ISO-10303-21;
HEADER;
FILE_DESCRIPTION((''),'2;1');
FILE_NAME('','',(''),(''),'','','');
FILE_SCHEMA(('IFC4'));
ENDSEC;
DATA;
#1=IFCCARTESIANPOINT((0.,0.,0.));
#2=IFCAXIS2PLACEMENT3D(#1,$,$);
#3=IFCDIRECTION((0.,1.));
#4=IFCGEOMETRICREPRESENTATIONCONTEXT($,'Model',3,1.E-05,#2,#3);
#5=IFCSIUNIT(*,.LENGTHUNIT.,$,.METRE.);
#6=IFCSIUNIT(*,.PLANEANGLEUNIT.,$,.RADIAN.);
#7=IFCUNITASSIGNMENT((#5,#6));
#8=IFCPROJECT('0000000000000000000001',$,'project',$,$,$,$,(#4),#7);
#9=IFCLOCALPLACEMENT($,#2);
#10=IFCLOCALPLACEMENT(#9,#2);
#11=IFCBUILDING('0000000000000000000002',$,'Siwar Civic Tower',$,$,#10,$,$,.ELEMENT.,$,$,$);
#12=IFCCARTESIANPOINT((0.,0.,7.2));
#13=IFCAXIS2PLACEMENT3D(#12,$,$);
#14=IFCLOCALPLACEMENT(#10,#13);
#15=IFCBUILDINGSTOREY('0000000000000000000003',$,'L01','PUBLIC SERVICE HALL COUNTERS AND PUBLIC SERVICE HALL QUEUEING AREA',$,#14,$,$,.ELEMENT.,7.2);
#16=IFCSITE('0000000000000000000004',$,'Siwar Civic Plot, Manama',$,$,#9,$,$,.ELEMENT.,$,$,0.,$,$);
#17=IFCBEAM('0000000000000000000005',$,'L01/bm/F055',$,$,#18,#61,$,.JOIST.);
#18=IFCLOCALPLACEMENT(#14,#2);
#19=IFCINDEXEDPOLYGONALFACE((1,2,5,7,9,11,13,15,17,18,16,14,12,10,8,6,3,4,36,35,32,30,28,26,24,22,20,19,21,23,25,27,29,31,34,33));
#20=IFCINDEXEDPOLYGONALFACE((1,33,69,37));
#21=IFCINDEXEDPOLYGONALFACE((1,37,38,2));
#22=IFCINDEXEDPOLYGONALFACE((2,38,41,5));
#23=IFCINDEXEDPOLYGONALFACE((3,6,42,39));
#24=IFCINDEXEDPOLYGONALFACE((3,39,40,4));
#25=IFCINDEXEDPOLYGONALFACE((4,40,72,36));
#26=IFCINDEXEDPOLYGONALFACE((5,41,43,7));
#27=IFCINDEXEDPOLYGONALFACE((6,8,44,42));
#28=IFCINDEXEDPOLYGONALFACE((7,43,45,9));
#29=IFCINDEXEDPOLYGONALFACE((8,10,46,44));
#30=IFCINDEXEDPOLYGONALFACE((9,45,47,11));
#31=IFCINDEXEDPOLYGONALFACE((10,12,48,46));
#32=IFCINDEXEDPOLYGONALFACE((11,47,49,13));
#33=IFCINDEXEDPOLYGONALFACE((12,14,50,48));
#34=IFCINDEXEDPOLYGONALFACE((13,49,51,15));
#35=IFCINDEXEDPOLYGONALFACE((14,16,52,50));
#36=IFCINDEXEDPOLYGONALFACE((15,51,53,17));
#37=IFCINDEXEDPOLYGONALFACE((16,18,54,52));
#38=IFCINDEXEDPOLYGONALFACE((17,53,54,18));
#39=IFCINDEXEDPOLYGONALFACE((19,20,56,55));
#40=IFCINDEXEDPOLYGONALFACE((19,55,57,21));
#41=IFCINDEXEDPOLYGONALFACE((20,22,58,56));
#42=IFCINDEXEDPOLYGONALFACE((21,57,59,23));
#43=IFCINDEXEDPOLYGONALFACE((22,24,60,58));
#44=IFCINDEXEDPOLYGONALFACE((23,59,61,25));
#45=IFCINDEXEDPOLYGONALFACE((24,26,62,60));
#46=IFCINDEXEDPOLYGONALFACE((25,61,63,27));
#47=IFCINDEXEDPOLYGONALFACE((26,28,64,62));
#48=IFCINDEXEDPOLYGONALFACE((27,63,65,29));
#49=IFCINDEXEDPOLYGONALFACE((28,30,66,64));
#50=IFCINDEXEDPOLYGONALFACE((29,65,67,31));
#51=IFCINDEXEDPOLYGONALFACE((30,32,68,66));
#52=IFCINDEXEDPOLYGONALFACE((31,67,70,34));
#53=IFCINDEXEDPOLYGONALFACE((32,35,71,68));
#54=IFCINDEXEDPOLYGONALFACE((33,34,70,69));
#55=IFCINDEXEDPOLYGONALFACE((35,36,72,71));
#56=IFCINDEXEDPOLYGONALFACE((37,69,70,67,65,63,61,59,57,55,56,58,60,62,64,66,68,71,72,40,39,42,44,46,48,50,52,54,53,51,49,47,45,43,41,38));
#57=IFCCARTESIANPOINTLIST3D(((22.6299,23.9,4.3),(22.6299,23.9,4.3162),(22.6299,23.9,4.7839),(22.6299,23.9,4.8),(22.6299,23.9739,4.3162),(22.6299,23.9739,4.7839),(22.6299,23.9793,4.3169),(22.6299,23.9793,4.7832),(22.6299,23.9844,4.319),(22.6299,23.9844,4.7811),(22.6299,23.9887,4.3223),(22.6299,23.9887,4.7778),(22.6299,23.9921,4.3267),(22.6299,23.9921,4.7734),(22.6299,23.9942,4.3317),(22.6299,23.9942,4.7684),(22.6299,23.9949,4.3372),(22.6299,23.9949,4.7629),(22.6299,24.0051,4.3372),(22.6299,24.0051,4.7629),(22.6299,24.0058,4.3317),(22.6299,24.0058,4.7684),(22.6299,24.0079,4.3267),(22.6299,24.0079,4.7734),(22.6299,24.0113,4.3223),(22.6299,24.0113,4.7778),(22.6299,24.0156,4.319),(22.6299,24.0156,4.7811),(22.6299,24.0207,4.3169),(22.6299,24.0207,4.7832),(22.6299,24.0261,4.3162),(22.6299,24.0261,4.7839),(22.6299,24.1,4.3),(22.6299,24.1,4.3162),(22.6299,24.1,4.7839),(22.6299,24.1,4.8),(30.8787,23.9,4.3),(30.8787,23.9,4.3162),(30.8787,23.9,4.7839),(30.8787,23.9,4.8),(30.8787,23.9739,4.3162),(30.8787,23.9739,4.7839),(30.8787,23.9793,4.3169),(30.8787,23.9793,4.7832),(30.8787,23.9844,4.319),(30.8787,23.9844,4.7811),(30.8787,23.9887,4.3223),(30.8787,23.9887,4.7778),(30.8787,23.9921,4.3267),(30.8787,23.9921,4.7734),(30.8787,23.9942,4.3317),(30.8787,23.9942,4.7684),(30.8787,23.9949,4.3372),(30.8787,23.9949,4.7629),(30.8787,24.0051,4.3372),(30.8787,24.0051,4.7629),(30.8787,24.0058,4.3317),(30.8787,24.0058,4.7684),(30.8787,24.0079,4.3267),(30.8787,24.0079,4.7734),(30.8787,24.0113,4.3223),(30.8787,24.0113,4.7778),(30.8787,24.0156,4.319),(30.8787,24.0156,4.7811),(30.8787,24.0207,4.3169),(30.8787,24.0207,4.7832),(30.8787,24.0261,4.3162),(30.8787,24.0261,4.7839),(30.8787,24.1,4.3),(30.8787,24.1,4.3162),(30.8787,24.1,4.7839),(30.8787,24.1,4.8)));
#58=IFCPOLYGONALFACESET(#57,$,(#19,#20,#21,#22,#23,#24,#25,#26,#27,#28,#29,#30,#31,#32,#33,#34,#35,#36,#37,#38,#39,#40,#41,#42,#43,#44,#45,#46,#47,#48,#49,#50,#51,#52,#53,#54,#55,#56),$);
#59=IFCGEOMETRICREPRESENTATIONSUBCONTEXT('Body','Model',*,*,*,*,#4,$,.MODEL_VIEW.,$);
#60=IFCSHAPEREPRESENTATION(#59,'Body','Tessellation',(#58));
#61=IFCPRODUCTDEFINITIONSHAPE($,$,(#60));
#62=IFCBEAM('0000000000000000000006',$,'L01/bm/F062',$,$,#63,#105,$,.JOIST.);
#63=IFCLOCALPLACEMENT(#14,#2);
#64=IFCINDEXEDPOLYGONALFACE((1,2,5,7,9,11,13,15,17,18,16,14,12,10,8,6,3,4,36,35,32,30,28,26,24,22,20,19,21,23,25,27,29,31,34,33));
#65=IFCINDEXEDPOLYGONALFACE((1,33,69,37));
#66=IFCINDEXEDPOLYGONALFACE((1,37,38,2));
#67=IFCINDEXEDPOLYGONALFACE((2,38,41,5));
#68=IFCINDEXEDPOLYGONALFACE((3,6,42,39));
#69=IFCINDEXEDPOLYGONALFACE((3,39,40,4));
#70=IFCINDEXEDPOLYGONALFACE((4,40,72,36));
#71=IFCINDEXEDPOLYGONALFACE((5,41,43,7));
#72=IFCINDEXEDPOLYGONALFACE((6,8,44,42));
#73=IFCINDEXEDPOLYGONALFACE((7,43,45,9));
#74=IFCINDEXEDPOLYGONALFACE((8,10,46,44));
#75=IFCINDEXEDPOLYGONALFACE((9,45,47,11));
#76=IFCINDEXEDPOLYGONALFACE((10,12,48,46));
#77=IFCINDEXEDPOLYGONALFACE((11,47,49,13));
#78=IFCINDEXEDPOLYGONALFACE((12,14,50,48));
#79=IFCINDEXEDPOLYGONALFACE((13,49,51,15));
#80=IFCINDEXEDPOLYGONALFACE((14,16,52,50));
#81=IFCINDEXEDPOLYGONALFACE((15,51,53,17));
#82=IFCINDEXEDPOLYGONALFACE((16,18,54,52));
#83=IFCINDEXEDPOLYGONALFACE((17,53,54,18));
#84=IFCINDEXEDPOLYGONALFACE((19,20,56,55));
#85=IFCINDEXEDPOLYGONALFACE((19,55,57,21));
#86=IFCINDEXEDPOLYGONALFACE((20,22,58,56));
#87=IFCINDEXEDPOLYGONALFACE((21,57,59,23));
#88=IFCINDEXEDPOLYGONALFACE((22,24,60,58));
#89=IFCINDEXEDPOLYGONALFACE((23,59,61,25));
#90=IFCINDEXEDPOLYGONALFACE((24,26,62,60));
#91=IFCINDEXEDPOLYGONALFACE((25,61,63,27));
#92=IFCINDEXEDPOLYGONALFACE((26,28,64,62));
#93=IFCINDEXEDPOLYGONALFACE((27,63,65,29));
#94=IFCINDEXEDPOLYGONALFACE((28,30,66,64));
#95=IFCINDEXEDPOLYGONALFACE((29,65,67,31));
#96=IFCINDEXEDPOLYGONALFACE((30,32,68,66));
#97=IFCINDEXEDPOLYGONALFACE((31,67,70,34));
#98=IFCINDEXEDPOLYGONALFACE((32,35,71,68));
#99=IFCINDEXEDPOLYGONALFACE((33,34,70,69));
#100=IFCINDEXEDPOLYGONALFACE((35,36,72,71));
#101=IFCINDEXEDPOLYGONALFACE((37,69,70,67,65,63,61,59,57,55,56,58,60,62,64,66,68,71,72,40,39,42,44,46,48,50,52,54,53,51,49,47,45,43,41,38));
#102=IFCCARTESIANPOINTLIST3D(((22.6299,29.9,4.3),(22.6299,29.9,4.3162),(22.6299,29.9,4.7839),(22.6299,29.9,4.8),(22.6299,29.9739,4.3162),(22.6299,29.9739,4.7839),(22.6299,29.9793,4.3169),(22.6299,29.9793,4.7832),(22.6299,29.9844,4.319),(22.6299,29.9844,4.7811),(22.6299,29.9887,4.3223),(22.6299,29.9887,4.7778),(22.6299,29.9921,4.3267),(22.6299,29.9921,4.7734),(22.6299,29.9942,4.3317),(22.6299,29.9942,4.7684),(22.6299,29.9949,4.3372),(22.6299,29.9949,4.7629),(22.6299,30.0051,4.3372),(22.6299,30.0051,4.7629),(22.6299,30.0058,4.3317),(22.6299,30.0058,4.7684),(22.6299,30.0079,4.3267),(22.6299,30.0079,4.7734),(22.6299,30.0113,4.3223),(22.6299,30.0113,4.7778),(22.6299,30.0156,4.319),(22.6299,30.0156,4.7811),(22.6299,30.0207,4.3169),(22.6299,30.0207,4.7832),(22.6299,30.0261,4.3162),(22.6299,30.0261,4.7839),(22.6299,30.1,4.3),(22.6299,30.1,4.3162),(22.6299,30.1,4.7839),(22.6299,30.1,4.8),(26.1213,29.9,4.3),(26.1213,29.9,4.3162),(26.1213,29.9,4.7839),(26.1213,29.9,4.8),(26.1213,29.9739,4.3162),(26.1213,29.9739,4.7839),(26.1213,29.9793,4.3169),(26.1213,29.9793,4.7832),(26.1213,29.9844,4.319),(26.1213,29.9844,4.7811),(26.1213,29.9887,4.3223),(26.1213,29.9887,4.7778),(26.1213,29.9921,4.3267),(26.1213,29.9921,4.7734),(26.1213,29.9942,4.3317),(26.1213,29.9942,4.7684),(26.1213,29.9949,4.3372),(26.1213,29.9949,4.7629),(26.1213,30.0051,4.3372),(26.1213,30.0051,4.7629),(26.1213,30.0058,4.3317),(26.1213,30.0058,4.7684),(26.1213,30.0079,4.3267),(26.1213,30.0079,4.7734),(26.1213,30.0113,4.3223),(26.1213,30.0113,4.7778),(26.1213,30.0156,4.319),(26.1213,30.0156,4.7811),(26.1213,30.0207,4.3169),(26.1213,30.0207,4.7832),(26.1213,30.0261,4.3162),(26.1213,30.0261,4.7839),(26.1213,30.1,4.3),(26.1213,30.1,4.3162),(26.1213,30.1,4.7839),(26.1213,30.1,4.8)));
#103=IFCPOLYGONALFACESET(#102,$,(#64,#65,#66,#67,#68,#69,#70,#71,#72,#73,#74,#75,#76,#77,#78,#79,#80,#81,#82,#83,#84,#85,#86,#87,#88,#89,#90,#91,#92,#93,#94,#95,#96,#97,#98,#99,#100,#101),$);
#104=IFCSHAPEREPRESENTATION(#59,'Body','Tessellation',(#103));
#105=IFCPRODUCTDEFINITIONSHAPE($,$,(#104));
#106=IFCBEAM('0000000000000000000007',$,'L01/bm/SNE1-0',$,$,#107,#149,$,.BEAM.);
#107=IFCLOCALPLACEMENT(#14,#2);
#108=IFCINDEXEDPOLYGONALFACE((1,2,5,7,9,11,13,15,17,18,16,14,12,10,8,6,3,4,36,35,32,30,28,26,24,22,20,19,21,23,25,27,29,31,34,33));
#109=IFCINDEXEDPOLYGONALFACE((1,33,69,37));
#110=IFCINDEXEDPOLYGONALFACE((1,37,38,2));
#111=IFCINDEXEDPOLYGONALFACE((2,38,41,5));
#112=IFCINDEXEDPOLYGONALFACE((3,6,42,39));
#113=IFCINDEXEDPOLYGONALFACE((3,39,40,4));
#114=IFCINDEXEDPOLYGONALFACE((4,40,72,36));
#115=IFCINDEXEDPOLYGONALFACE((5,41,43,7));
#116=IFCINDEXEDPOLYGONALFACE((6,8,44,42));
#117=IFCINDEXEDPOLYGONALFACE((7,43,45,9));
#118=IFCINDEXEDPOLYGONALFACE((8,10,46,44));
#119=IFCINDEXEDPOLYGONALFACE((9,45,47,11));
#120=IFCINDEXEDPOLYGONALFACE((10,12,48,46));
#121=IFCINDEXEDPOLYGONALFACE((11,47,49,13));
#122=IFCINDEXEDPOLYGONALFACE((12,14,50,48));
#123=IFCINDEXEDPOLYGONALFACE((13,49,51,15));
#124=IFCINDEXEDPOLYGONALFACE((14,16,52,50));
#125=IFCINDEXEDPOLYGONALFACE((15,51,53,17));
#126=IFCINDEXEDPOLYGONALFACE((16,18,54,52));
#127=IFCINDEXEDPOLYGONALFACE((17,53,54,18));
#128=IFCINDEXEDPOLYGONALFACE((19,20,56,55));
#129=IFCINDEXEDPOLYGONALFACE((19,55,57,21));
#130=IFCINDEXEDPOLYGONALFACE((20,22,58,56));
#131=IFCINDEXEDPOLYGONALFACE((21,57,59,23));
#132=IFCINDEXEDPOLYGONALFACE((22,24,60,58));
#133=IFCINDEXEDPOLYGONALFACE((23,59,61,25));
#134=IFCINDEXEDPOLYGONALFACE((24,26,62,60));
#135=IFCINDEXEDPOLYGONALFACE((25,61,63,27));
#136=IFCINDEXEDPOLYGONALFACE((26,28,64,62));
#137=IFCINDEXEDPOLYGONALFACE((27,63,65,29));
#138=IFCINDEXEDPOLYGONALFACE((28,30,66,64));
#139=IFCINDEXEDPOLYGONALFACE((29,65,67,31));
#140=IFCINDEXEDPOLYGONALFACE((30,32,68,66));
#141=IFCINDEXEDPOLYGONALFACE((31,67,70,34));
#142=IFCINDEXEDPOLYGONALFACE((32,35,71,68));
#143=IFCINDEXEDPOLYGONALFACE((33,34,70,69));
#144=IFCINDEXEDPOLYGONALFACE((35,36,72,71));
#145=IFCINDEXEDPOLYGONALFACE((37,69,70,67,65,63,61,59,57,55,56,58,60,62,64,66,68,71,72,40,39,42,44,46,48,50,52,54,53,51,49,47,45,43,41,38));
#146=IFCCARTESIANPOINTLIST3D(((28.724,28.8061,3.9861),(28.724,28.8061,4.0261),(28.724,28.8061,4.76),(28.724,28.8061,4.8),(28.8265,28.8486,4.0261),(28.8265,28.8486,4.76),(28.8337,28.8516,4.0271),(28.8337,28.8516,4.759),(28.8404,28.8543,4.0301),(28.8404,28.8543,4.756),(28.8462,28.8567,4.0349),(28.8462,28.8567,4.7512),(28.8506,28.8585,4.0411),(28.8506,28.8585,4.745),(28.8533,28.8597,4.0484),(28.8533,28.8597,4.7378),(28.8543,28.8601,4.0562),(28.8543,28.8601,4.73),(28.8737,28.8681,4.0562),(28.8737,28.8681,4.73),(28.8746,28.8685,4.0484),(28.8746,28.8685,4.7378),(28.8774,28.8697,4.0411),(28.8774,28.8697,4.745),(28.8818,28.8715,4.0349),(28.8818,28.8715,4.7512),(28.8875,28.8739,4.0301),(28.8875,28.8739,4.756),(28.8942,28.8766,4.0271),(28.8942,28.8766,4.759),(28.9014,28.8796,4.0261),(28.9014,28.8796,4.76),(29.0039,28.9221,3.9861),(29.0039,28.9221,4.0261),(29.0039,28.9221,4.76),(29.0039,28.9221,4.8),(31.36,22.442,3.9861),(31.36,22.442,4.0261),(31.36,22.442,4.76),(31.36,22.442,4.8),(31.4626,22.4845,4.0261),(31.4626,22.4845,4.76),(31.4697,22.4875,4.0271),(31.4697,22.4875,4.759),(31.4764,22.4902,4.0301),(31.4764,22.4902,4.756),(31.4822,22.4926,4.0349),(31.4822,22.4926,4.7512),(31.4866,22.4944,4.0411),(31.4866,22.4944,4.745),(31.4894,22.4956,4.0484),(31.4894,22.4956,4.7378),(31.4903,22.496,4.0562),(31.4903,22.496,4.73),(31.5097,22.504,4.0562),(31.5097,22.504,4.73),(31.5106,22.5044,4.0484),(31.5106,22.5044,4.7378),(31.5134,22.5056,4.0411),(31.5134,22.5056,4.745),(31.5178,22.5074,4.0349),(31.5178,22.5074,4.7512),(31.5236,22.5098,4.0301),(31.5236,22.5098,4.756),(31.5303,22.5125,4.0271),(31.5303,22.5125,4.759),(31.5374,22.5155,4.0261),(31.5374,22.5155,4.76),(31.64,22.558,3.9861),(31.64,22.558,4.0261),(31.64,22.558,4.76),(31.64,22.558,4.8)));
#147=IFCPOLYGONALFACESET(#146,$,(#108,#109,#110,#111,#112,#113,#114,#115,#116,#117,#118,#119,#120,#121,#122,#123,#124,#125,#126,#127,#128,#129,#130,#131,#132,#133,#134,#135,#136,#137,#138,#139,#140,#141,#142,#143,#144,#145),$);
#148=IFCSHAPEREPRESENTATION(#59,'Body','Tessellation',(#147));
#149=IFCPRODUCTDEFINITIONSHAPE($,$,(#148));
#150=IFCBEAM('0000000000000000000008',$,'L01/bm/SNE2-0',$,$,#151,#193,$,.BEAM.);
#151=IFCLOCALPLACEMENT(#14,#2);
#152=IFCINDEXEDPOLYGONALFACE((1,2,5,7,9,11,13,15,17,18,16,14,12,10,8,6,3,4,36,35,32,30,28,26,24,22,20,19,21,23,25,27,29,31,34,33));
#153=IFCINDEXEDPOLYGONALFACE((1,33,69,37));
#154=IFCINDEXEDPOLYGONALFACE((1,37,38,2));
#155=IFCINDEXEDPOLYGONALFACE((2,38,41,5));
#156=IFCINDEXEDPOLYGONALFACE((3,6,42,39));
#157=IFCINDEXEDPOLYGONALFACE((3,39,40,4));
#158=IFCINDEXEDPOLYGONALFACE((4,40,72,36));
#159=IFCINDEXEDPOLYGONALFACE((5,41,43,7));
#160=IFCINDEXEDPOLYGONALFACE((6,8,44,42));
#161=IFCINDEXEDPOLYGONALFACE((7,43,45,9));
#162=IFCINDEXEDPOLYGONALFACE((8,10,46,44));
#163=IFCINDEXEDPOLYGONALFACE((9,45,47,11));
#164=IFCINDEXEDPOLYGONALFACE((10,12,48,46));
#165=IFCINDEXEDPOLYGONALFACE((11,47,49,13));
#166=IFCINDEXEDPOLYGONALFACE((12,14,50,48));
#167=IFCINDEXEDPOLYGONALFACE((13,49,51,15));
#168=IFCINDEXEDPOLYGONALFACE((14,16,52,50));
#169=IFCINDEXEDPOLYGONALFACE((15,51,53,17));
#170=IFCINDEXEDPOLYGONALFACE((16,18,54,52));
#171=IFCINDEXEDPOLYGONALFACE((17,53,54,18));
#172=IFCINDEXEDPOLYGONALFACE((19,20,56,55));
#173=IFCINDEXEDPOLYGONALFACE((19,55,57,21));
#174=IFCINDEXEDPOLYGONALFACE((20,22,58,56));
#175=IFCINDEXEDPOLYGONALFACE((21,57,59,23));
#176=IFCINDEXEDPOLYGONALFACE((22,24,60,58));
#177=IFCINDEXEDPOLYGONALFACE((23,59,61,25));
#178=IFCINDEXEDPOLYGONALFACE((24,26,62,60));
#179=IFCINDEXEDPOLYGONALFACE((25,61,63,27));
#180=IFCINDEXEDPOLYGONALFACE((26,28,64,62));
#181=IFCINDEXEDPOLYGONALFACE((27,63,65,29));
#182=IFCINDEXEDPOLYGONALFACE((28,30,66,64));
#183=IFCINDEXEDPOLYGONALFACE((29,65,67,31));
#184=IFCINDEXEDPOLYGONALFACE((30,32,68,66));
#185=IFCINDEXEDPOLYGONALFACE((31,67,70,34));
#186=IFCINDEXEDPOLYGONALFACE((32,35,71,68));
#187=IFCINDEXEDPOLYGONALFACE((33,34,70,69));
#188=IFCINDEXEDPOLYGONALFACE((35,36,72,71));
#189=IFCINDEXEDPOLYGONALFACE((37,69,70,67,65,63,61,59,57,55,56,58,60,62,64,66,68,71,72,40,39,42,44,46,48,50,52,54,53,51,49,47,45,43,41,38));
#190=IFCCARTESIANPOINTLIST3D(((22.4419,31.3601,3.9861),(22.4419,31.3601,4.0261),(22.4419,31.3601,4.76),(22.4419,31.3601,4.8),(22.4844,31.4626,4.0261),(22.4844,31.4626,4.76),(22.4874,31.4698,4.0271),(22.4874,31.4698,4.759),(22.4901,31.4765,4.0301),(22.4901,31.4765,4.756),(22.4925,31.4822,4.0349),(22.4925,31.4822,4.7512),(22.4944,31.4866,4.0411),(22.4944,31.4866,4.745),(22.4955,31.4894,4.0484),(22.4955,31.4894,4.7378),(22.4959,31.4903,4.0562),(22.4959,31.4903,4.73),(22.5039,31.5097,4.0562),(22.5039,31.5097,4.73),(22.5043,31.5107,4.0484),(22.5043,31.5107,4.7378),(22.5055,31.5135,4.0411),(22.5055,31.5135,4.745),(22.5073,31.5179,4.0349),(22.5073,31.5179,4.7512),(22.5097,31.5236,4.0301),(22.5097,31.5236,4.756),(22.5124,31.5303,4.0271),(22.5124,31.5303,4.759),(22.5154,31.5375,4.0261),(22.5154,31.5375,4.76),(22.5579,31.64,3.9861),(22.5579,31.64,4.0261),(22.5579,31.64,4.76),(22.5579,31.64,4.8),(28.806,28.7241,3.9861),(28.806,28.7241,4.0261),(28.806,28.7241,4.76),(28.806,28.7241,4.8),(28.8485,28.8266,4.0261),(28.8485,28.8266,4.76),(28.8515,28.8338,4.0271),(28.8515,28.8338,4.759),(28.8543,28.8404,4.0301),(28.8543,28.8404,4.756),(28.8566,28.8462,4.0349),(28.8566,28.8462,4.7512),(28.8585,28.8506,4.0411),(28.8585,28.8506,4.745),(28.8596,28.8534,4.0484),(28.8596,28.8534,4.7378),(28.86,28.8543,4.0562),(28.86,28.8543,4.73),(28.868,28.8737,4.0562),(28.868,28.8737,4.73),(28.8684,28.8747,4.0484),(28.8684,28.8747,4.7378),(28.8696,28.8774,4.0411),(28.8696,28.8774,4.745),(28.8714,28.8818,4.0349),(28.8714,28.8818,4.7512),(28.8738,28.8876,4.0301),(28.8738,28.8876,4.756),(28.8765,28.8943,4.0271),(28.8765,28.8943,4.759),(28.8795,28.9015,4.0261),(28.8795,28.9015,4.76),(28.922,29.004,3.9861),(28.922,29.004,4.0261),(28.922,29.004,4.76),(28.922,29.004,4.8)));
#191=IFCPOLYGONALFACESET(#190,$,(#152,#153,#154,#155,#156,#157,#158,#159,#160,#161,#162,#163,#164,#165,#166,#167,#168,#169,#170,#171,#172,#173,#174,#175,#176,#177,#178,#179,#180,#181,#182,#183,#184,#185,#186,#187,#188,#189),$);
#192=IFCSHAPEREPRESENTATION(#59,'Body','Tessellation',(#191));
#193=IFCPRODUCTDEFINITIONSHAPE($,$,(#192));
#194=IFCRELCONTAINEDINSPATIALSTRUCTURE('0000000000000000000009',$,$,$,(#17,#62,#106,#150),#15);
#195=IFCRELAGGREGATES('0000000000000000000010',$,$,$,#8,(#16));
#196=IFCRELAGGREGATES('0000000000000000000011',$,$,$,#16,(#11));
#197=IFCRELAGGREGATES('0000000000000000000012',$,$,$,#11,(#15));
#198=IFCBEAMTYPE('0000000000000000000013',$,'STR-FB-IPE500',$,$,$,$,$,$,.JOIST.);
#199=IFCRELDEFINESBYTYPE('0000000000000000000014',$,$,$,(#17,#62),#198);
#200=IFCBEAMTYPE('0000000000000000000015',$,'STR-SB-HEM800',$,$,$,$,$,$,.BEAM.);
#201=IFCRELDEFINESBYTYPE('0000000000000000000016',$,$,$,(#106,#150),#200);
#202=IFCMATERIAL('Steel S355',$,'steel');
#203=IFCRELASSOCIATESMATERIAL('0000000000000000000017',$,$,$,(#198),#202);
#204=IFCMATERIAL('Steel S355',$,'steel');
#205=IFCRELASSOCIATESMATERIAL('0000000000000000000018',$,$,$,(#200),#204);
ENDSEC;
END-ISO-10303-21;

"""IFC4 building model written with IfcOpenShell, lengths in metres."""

from ifc_helpers import new_model, si_unit, direction, frame, origin, origin_2d, place, context, subcontext, project, spatial, i_section, extrude, material, material_profile, profile_set, type_object, element, save


model = new_model("IFC4")

# Units and contexts
model_context = context("Model", 3, precision=1e-05, world=origin(), true_north=direction((0.0, 1.0)))
body_context = subcontext(model_context, "Body", "Model", "MODEL_VIEW")
ifc_project = project(units=[si_unit("LENGTHUNIT", "METRE"), si_unit("PLANEANGLEUNIT", "RADIAN")], contexts=[model_context])

# Site, building, storey
site_placement = place(None, origin())
site = spatial("IfcSite", under=ifc_project, at=site_placement, Name="Siwar Civic Plot, Manama", CompositionType="ELEMENT", RefElevation=0.0)
building_placement = place(site_placement, origin())
building = spatial("IfcBuilding", under=site, at=building_placement, Name="Siwar Civic Tower", CompositionType="ELEMENT")
storey_placement = place(building_placement, frame((0.0, 0.0, 7.2)))
storey = spatial("IfcBuildingStorey", under=building, at=storey_placement, Name="L01", Description="PUBLIC SERVICE HALL COUNTERS AND PUBLIC SERVICE HALL QUEUEING AREA", CompositionType="ELEMENT", Elevation=7.2)

# Beams
ifc_material_1 = material(Name="Steel S355", Category="steel")
ifc_material_profile_1 = material_profile(ifc_material_1, i_section(OverallWidth=0.2, OverallDepth=0.5, WebThickness=0.0103, FlangeThickness=0.0161, FilletRadius=0.021, at=origin_2d()), Name="IPE500")
ifc_profile_set_1 = profile_set([ifc_material_profile_1], Name="Steel S355")
beam_type_1 = type_object("IfcBeamType", Name="STR-FB-IPE500", PredefinedType="JOIST", material=ifc_profile_set_1)
beam_1_placement = place(storey_placement, frame((22.6299, 24.0, 4.55), z_axis=(1.0, 0.0, 0.0), x_axis=(0.0, 1.0, 0.0)))
element("IfcBeam", 1, at=beam_1_placement, inside=storey, type_object=beam_type_1, Name="L01/bm/F055", PredefinedType="JOIST", context=body_context, shape_type="SweptSolid", body=[
    extrude(i_section(OverallWidth=0.2, OverallDepth=0.5, WebThickness=0.0103, FlangeThickness=0.0161, FilletRadius=0.021, at=origin_2d()), origin(), (0.0, 0.0, 1.0), 8.2488),
])
beam_2_placement = place(storey_placement, frame((22.6299, 30.0, 4.55), z_axis=(1.0, 0.0, 0.0), x_axis=(0.0, 1.0, 0.0)))
element("IfcBeam", 2, at=beam_2_placement, inside=storey, type_object=beam_type_1, Name="L01/bm/F062", PredefinedType="JOIST", context=body_context, shape_type="SweptSolid", body=[
    extrude(i_section(OverallWidth=0.2, OverallDepth=0.5, WebThickness=0.0103, FlangeThickness=0.0161, FilletRadius=0.021, at=origin_2d()), origin(), (0.0, 0.0, 1.0), 3.4915),
])
ifc_material_2 = material(Name="Steel S355", Category="steel")
ifc_material_profile_2 = material_profile(ifc_material_2, i_section(OverallWidth=0.303, OverallDepth=0.814, WebThickness=0.021, FlangeThickness=0.04, FilletRadius=0.03, at=origin_2d()), Name="HEM800")
ifc_profile_set_2 = profile_set([ifc_material_profile_2], Name="Steel S355")
beam_type_2 = type_object("IfcBeamType", Name="STR-SB-HEM800", PredefinedType="BEAM", material=ifc_profile_set_2)
for number, where, z_axis, x_axis, name in (
    (3, (31.5, 22.5, 4.3931), (-0.382674, 0.923883, 0.0), (-0.923883, -0.382674, 0.0), "L01/bm/SNE1-0"),
    (4, (28.864, 28.864, 4.3931), (-0.923883, 0.382674, 0.0), (-0.382674, -0.923883, 0.0), "L01/bm/SNE2-0"),
):
    element("IfcBeam", number, at=place(storey_placement, frame(where, z_axis=z_axis, x_axis=x_axis)), inside=storey, type_object=beam_type_2, Name=name, PredefinedType="BEAM", context=body_context, shape_type="SweptSolid", body=[
        extrude(i_section(OverallWidth=0.303, OverallDepth=0.814, WebThickness=0.021, FlangeThickness=0.04, FilletRadius=0.03, at=origin_2d()), origin(), (0.0, 0.0, 1.0), 6.8884),
    ])

save(model, "model.ifc")
